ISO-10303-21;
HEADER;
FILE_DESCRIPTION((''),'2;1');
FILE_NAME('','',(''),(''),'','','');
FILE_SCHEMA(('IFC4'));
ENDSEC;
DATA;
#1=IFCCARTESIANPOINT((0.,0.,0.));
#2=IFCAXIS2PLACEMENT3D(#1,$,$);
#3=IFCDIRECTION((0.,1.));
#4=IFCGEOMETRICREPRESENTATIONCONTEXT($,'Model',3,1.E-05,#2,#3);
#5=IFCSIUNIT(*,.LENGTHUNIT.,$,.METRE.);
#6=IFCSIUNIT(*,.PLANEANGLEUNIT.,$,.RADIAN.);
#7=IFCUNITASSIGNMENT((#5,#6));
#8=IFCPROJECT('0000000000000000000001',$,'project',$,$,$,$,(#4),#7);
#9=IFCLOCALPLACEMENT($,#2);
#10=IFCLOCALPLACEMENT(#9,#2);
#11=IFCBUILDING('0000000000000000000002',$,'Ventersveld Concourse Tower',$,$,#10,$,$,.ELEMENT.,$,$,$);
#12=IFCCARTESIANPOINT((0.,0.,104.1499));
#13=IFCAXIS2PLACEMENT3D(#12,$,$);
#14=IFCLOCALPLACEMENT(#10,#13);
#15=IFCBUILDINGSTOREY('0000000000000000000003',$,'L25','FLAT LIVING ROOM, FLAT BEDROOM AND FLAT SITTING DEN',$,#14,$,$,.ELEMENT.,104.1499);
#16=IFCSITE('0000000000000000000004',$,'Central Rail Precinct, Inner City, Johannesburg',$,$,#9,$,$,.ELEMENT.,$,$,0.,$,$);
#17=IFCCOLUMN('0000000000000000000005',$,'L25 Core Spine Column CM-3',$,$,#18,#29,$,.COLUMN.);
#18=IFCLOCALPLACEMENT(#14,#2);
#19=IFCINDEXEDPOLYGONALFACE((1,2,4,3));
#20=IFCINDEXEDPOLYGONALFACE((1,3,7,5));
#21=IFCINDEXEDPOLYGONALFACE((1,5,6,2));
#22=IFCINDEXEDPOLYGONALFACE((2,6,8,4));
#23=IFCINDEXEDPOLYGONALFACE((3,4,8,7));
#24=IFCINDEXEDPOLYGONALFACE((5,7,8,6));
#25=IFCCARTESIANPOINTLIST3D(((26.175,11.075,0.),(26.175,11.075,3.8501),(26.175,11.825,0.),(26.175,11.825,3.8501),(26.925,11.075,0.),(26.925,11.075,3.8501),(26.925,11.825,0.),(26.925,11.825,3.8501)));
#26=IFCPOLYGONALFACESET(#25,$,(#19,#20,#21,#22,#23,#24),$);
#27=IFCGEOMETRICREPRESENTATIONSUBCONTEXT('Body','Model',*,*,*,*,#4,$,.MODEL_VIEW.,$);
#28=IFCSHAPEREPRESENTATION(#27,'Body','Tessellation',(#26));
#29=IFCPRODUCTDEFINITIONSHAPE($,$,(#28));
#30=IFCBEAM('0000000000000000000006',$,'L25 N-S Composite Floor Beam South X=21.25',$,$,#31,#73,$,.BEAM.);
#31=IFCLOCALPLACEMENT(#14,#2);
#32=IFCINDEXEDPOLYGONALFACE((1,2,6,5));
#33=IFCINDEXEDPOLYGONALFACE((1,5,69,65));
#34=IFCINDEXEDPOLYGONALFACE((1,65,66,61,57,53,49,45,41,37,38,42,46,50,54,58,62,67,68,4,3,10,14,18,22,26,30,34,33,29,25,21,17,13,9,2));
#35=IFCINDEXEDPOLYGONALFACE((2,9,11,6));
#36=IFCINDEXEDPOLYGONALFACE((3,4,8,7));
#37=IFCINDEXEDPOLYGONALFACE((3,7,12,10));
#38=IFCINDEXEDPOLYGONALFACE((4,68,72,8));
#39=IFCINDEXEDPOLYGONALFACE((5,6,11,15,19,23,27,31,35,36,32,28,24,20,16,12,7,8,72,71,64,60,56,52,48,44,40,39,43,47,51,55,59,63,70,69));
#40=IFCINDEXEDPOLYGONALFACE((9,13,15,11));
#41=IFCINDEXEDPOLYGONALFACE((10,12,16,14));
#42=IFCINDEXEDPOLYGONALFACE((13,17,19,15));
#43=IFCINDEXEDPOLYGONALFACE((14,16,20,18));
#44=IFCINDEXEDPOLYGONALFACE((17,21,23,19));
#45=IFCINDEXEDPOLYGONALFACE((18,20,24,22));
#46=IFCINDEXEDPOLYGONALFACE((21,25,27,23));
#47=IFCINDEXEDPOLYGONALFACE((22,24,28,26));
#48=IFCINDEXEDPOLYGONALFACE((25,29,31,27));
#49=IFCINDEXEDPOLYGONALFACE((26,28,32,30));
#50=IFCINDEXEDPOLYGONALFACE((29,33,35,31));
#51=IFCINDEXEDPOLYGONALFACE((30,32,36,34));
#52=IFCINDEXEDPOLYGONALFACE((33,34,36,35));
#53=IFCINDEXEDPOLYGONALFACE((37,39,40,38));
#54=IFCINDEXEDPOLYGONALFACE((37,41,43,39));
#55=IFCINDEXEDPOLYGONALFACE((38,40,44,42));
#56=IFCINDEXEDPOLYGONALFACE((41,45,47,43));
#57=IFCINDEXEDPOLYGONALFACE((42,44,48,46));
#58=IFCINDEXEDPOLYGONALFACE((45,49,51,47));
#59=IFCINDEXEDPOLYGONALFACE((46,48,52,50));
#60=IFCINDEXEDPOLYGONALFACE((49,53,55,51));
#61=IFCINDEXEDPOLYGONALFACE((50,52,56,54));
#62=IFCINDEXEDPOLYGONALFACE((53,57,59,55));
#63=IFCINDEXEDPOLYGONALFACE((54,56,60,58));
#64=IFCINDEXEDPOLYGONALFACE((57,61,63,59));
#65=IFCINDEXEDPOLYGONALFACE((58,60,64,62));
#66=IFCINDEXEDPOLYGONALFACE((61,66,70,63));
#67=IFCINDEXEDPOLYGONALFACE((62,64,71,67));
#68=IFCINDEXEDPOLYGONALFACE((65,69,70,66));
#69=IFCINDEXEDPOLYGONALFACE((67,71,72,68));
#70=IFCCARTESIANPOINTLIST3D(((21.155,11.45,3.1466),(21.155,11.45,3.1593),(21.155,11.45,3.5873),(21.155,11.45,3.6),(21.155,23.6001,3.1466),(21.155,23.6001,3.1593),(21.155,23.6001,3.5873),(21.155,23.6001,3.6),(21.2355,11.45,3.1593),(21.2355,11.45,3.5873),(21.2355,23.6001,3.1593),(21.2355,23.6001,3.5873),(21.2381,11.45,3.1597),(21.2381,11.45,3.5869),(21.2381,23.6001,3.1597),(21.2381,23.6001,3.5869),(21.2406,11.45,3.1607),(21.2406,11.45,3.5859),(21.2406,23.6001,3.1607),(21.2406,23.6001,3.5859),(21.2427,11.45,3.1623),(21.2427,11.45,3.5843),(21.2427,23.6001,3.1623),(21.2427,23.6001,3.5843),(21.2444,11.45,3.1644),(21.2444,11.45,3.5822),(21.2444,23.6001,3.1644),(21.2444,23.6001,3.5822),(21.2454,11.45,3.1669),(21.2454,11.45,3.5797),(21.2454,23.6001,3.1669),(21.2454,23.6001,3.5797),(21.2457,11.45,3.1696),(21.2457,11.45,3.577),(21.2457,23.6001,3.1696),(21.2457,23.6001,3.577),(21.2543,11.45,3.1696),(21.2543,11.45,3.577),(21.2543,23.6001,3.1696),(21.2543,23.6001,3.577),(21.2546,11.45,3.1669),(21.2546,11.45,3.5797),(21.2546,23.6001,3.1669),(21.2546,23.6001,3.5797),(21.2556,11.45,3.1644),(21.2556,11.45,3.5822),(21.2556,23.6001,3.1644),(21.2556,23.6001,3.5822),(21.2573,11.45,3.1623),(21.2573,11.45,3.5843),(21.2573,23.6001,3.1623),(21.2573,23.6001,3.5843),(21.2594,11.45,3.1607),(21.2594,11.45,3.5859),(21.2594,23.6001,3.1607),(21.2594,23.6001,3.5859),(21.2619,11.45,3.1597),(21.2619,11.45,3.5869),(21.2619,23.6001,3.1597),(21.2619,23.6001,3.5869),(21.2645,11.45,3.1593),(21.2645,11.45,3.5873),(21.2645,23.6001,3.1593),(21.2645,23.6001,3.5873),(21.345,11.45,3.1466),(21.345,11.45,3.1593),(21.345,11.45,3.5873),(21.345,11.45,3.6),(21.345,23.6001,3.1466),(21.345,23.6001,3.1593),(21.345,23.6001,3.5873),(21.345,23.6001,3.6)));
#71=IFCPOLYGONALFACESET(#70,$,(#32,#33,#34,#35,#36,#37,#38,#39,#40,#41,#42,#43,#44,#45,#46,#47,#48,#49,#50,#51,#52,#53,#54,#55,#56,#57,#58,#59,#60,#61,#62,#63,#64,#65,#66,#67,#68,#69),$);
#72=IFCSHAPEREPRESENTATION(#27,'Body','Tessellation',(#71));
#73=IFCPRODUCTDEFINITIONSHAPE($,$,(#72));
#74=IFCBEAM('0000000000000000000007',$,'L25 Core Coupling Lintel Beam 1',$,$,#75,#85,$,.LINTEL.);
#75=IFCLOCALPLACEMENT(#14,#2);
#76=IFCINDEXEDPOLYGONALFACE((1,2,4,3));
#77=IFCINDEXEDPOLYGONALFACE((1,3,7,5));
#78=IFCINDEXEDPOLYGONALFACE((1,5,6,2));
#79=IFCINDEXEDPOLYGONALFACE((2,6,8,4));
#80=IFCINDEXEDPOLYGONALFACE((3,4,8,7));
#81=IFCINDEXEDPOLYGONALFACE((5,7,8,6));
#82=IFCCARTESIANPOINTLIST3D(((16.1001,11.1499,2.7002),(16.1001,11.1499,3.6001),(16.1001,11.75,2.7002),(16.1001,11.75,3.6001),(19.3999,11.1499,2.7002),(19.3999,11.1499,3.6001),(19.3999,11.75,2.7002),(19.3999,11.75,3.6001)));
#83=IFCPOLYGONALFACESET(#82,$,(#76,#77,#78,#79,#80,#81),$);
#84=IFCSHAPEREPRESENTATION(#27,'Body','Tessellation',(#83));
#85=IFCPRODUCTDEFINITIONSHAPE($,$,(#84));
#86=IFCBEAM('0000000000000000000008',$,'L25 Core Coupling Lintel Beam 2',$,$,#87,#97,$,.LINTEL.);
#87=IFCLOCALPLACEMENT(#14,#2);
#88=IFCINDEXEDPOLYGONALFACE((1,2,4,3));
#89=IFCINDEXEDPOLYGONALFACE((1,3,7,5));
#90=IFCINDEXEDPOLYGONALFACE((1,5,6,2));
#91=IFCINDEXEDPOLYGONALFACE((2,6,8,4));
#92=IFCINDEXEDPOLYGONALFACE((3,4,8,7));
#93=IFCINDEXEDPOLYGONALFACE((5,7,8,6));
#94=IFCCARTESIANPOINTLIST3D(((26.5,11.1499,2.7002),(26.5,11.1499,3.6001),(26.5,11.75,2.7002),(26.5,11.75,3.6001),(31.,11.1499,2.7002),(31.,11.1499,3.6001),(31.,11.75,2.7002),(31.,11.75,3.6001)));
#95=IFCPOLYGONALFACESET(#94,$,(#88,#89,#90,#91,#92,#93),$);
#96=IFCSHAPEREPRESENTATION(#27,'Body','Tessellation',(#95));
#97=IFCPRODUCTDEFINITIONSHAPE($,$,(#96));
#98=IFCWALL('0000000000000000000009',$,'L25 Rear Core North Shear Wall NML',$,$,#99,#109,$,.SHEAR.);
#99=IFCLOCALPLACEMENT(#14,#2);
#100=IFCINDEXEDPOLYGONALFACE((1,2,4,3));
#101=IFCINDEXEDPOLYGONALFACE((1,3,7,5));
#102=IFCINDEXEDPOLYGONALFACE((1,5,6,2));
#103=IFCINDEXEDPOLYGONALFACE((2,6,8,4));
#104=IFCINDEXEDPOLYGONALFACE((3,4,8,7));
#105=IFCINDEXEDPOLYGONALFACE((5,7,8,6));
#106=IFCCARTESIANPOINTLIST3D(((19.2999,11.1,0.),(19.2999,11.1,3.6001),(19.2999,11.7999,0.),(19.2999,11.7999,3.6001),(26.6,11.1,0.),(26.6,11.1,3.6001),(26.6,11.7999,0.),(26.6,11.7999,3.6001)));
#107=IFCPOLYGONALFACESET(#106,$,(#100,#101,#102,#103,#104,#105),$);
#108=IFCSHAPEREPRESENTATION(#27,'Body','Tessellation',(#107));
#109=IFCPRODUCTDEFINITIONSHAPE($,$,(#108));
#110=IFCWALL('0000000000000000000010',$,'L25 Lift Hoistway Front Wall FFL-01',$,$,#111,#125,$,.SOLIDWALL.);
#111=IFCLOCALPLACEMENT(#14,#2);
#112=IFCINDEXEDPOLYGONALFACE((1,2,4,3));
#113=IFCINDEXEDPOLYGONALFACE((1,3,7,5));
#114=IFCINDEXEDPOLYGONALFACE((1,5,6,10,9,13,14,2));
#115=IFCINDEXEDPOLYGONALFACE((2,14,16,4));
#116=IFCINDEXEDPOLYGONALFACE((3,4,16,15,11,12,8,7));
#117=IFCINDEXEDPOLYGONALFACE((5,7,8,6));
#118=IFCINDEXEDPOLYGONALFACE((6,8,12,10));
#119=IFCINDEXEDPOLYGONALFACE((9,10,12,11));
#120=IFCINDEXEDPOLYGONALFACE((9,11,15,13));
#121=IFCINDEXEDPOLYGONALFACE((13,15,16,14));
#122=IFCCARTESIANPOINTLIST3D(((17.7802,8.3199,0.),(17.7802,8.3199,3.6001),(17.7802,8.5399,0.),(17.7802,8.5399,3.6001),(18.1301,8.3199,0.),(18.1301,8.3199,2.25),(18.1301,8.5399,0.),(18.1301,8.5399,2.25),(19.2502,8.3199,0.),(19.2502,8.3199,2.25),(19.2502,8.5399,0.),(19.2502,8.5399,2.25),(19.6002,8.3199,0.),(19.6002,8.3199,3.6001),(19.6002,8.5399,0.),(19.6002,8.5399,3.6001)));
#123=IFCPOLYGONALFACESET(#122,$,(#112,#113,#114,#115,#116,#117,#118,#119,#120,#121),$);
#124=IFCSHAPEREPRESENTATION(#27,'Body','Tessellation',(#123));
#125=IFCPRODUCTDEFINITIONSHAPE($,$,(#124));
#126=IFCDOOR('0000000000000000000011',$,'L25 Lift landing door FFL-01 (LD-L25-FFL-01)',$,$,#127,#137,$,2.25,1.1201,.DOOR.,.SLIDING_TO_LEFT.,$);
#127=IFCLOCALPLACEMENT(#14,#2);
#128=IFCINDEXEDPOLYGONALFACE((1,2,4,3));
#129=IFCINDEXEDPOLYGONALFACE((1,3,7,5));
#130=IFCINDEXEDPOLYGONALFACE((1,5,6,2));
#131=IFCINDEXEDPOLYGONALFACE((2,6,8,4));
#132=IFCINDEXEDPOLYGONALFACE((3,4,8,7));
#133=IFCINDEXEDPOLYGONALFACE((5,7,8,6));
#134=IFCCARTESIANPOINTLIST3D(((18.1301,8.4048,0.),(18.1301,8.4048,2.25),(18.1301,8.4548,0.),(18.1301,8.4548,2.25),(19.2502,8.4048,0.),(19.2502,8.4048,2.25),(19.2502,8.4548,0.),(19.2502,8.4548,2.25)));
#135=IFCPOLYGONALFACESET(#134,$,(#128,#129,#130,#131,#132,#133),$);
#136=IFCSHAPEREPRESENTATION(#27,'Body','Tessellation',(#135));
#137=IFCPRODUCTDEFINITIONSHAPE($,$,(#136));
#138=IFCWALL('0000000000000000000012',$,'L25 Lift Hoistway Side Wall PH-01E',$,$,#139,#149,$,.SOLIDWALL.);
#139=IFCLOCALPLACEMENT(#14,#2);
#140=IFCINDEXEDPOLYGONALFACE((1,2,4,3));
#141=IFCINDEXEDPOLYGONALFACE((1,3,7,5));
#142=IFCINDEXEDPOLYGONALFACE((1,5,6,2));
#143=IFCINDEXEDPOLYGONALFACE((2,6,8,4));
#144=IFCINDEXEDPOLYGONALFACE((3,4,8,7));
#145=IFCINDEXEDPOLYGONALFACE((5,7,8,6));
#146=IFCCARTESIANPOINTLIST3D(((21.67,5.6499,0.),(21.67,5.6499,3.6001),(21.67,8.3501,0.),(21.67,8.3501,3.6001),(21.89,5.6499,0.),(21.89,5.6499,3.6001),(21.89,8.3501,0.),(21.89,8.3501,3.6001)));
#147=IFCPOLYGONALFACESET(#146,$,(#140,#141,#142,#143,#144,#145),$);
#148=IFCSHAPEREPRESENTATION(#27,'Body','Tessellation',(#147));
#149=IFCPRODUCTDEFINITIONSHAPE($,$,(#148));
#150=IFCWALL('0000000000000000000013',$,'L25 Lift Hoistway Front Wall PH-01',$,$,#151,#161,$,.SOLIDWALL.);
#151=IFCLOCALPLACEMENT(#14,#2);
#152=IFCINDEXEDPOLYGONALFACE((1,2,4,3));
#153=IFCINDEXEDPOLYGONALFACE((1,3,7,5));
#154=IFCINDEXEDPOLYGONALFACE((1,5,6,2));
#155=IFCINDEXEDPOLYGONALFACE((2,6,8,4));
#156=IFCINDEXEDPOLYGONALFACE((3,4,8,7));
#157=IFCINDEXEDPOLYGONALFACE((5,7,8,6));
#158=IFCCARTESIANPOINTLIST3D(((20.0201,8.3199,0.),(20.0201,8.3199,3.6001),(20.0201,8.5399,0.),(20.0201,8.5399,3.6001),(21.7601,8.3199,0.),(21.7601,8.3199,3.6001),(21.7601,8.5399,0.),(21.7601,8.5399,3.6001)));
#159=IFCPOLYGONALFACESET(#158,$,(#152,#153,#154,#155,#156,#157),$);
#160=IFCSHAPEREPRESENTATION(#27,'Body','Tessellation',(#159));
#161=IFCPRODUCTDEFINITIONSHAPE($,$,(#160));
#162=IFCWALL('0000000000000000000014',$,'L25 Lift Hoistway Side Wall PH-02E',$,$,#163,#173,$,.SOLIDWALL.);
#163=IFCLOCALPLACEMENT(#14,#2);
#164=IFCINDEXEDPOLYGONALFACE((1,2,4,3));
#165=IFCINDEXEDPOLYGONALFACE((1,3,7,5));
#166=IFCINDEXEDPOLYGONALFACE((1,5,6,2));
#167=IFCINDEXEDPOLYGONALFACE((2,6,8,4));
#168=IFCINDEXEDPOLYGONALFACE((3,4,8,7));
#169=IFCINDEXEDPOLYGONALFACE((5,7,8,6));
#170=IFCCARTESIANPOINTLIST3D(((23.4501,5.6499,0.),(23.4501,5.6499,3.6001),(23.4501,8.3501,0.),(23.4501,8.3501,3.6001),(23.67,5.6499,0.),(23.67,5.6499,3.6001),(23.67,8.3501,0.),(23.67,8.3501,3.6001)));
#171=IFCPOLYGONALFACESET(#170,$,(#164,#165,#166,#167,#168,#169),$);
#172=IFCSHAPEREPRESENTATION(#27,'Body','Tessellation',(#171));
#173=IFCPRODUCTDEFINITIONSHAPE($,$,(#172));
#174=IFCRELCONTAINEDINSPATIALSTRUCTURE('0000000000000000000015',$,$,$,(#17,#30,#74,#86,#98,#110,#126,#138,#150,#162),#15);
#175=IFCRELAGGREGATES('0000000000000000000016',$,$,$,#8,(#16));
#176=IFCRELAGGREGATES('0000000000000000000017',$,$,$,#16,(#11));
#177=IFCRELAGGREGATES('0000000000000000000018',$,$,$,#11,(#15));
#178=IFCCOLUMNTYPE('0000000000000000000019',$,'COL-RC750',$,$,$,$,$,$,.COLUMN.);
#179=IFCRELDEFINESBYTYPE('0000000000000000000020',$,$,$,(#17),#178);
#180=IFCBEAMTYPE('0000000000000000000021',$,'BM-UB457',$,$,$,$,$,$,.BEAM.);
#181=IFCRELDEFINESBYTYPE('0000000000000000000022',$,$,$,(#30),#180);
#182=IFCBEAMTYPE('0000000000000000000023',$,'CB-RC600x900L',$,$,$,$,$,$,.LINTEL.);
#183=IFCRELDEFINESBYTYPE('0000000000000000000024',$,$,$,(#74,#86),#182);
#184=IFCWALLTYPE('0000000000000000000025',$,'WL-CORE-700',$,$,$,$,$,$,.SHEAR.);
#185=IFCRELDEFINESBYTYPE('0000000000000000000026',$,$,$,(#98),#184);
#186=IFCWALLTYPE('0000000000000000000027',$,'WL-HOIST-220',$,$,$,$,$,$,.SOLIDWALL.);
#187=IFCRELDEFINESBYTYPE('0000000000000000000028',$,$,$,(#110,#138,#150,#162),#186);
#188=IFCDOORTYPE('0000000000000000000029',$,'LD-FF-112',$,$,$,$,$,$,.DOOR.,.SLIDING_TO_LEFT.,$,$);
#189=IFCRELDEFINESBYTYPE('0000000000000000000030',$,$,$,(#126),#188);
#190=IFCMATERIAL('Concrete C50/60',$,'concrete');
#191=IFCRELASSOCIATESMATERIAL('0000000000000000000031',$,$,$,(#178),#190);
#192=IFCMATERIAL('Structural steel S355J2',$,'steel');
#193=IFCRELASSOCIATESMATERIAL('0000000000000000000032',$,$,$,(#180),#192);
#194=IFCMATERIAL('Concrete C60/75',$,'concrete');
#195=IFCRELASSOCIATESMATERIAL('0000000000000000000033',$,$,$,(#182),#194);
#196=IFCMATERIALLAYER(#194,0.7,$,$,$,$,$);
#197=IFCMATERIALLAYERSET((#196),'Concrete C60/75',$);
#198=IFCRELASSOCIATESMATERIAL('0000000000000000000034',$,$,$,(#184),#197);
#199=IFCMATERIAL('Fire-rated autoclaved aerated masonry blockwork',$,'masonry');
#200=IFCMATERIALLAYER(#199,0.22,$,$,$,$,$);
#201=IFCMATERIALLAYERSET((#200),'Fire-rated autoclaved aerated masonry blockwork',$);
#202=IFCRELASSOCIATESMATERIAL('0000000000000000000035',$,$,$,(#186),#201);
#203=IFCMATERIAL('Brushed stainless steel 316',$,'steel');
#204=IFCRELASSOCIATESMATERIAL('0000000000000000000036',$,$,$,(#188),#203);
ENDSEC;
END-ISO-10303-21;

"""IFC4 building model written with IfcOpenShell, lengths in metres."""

from ifc_helpers import new_model, si_unit, direction, frame, frame_2d, origin, origin_2d, place, context, subcontext, project, spatial, rectangle, i_section, extrude, material, layer, layer_set, material_profile, profile_set, type_object, element, fill, save


model = new_model("IFC4")

# Units and contexts
model_context = context("Model", 3, precision=1e-05, world=origin(), true_north=direction((0.0, 1.0)))
body_context = subcontext(model_context, "Body", "Model", "MODEL_VIEW")
ifc_project = project(units=[si_unit("LENGTHUNIT", "METRE"), si_unit("PLANEANGLEUNIT", "RADIAN")], contexts=[model_context])

# Site, building, storey
site_placement = place(None, origin())
site = spatial("IfcSite", under=ifc_project, at=site_placement, Name="Central Rail Precinct, Inner City, Johannesburg", CompositionType="ELEMENT", RefElevation=0.0)
building_placement = place(site_placement, origin())
building = spatial("IfcBuilding", under=site, at=building_placement, Name="Ventersveld Concourse Tower", CompositionType="ELEMENT")
storey_placement = place(building_placement, frame((0.0, 0.0, 104.1499)))
storey = spatial("IfcBuildingStorey", under=building, at=storey_placement, Name="L25", Description="FLAT LIVING ROOM, FLAT BEDROOM AND FLAT SITTING DEN", CompositionType="ELEMENT", Elevation=104.1499)

# Column
ifc_material_1 = material(Name="Concrete C50/60", Category="concrete")
ifc_material_profile_1 = material_profile(ifc_material_1, rectangle(XDim=0.75, YDim=0.75, at=origin_2d()), Name="RC 750x750")
ifc_profile_set_1 = profile_set([ifc_material_profile_1], Name="Concrete C50/60")
column_type = type_object("IfcColumnType", Name="COL-RC750", PredefinedType="COLUMN", material=ifc_profile_set_1)
column_placement = place(storey_placement, frame((26.55, 11.45, 0.0), z_axis=(0.0, 0.0, 1.0), x_axis=(1.0, 0.0, 0.0)))
element("IfcColumn", 1, at=column_placement, inside=storey, type_object=column_type, Name="L25 Core Spine Column CM-3", PredefinedType="COLUMN", context=body_context, shape_type="SweptSolid", body=[
    extrude(rectangle(XDim=0.75, YDim=0.75, at=origin_2d()), origin(), (0.0, 0.0, 1.0), 3.8501),
])

# Beams
ifc_material_2 = material(Name="Structural steel S355J2", Category="steel")
ifc_material_profile_2 = material_profile(ifc_material_2, i_section(OverallWidth=0.1899, OverallDepth=0.4534, WebThickness=0.0085, FlangeThickness=0.0127, FilletRadius=0.0103, at=origin_2d()), Name="UB 457x191x67")
ifc_profile_set_2 = profile_set([ifc_material_profile_2], Name="Structural steel S355J2")
beam_type_1 = type_object("IfcBeamType", Name="BM-UB457", PredefinedType="BEAM", material=ifc_profile_set_2)
beam_1_placement = place(storey_placement, frame((21.25, 11.45, 3.3733), z_axis=(0.0, 1.0, 0.0), x_axis=(-1.0, 0.0, 0.0)))
element("IfcBeam", 2, at=beam_1_placement, inside=storey, type_object=beam_type_1, Name="L25 N-S Composite Floor Beam South X=21.25", PredefinedType="BEAM", context=body_context, shape_type="SweptSolid", body=[
    extrude(i_section(OverallWidth=0.1899, OverallDepth=0.4534, WebThickness=0.0085, FlangeThickness=0.0127, FilletRadius=0.0103, at=origin_2d()), origin(), (0.0, 0.0, 1.0), 12.1501),
])
ifc_material_3 = material(Name="Concrete C60/75", Category="concrete")
ifc_material_profile_3 = material_profile(ifc_material_3, rectangle(XDim=0.6001, YDim=0.8999, at=origin_2d()), Name="RC 600x900")
ifc_profile_set_3 = profile_set([ifc_material_profile_3], Name="Concrete C60/75")
beam_type_2 = type_object("IfcBeamType", Name="CB-RC600x900L", PredefinedType="LINTEL", material=ifc_profile_set_3)
beam_2_placement = place(storey_placement, frame((16.1001, 11.45, 3.1501), z_axis=(1.0, 0.0, 0.0), x_axis=(0.0, 1.0, 0.0)))
element("IfcBeam", 3, at=beam_2_placement, inside=storey, type_object=beam_type_2, Name="L25 Core Coupling Lintel Beam 1", PredefinedType="LINTEL", context=body_context, shape_type="SweptSolid", body=[
    extrude(rectangle(XDim=0.6001, YDim=0.8999, at=origin_2d()), origin(), (0.0, 0.0, 1.0), 3.2998),
])
beam_3_placement = place(storey_placement, frame((26.5, 11.45, 3.1501), z_axis=(1.0, 0.0, 0.0), x_axis=(0.0, 1.0, 0.0)))
element("IfcBeam", 4, at=beam_3_placement, inside=storey, type_object=beam_type_2, Name="L25 Core Coupling Lintel Beam 2", PredefinedType="LINTEL", context=body_context, shape_type="SweptSolid", body=[
    extrude(rectangle(XDim=0.6001, YDim=0.8999, at=origin_2d()), origin(), (0.0, 0.0, 1.0), 4.5),
])

# Wall
ifc_layer_1 = layer(ifc_material_3, 0.7)
ifc_layer_set_1 = layer_set([ifc_layer_1], Name="Concrete C60/75")
wall_type_1 = type_object("IfcWallType", Name="WL-CORE-700", PredefinedType="SHEAR", material=ifc_layer_set_1)
wall_1_placement = place(storey_placement, frame((19.3, 11.45, 0.0), z_axis=(0.0, 0.0, 1.0), x_axis=(1.0, 0.0, 0.0)))
element("IfcWall", 5, at=wall_1_placement, inside=storey, type_object=wall_type_1, Name="L25 Rear Core North Shear Wall NML", PredefinedType="SHEAR", context=body_context, shape_type="SweptSolid", body=[
    extrude(rectangle(XDim=7.3, YDim=0.7, at=frame_2d((3.6499, 0.0))), origin(), (0.0, 0.0, 1.0), 3.6001),
])

# Wall, opening, door
ifc_material_4 = material(Name="Fire-rated autoclaved aerated masonry blockwork", Category="masonry")
ifc_layer_2 = layer(ifc_material_4, 0.22)
ifc_layer_set_2 = layer_set([ifc_layer_2], Name="Fire-rated autoclaved aerated masonry blockwork")
wall_type_2 = type_object("IfcWallType", Name="WL-HOIST-220", PredefinedType="SOLIDWALL", material=ifc_layer_set_2)
wall_2_placement = place(storey_placement, frame((17.78, 8.4299, 0.0), z_axis=(0.0, 0.0, 1.0), x_axis=(1.0, 0.0, 0.0)))
wall_2 = element("IfcWall", 6, at=wall_2_placement, inside=storey, type_object=wall_type_2, Name="L25 Lift Hoistway Front Wall FFL-01", PredefinedType="SOLIDWALL", context=body_context, shape_type="SweptSolid", body=[
    extrude(rectangle(XDim=1.8201, YDim=0.22, at=frame_2d((0.9102, 0.0))), origin(), (0.0, 0.0, 1.0), 3.6001),
])
opening_1_placement = place(wall_2_placement, frame((0.3501, 0.0, 0.0)))
opening_1 = element("IfcOpeningElement", 7, at=opening_1_placement, cuts=wall_2, PredefinedType="OPENING", context=body_context, shape_type="SweptSolid", body=[
    extrude(rectangle(XDim=1.1201, YDim=2.25, at=frame_2d((0.5601, 1.125))), frame((0.0, 0.1201, 0.0), z_axis=(0.0, -1.0, 0.0), x_axis=(1.0, 0.0, 0.0)), (0.0, 0.0, 1.0), 0.24),
])
ifc_material_5 = material(Name="Brushed stainless steel 316", Category="steel")
door_type_1 = type_object("IfcDoorType", Name="LD-FF-112", OperationType="SLIDING_TO_LEFT", PredefinedType="DOOR", material=ifc_material_5)
door_1_placement = place(opening_1_placement, origin())
door_1 = element("IfcDoor", 8, at=door_1_placement, inside=storey, type_object=door_type_1, Name="L25 Lift landing door FFL-01 (LD-L25-FFL-01)", OperationType="SLIDING_TO_LEFT", OverallHeight=2.25, OverallWidth=1.1201, PredefinedType="DOOR", context=body_context, shape_type="SweptSolid", body=[
    extrude(rectangle(XDim=1.1201, YDim=2.25, at=frame_2d((0.5601, 1.125))), frame((0.0, 0.0249, 0.0), z_axis=(0.0, -1.0, 0.0), x_axis=(1.0, 0.0, 0.0)), (0.0, 0.0, 1.0), 0.05),
])
fill(opening_1, door_1)

# Walls
wall_3_placement = place(storey_placement, frame((21.78, 5.6499, 0.0), z_axis=(0.0, 0.0, 1.0), x_axis=(0.0, 1.0, 0.0)))
element("IfcWall", 9, at=wall_3_placement, inside=storey, type_object=wall_type_2, Name="L25 Lift Hoistway Side Wall PH-01E", PredefinedType="SOLIDWALL", context=body_context, shape_type="SweptSolid", body=[
    extrude(rectangle(XDim=2.7002, YDim=0.22, at=frame_2d((1.3501, 0.0))), origin(), (0.0, 0.0, 1.0), 3.6001),
])
wall_4_placement = place(storey_placement, frame((20.02, 8.4299, 0.0), z_axis=(0.0, 0.0, 1.0), x_axis=(1.0, 0.0, 0.0)))
element("IfcWall", 10, at=wall_4_placement, inside=storey, type_object=wall_type_2, Name="L25 Lift Hoistway Front Wall PH-01", PredefinedType="SOLIDWALL", context=body_context, shape_type="SweptSolid", body=[
    extrude(rectangle(XDim=1.74, YDim=0.22, at=frame_2d((0.8701, 0.0))), origin(), (0.0, 0.0, 1.0), 3.6001),
])
wall_5_placement = place(storey_placement, frame((23.5601, 5.6499, 0.0), z_axis=(0.0, 0.0, 1.0), x_axis=(0.0, 1.0, 0.0)))
element("IfcWall", 11, at=wall_5_placement, inside=storey, type_object=wall_type_2, Name="L25 Lift Hoistway Side Wall PH-02E", PredefinedType="SOLIDWALL", context=body_context, shape_type="SweptSolid", body=[
    extrude(rectangle(XDim=2.7002, YDim=0.22, at=frame_2d((1.3501, 0.0))), origin(), (0.0, 0.0, 1.0), 3.6001),
])

save(model, "model.ifc")
